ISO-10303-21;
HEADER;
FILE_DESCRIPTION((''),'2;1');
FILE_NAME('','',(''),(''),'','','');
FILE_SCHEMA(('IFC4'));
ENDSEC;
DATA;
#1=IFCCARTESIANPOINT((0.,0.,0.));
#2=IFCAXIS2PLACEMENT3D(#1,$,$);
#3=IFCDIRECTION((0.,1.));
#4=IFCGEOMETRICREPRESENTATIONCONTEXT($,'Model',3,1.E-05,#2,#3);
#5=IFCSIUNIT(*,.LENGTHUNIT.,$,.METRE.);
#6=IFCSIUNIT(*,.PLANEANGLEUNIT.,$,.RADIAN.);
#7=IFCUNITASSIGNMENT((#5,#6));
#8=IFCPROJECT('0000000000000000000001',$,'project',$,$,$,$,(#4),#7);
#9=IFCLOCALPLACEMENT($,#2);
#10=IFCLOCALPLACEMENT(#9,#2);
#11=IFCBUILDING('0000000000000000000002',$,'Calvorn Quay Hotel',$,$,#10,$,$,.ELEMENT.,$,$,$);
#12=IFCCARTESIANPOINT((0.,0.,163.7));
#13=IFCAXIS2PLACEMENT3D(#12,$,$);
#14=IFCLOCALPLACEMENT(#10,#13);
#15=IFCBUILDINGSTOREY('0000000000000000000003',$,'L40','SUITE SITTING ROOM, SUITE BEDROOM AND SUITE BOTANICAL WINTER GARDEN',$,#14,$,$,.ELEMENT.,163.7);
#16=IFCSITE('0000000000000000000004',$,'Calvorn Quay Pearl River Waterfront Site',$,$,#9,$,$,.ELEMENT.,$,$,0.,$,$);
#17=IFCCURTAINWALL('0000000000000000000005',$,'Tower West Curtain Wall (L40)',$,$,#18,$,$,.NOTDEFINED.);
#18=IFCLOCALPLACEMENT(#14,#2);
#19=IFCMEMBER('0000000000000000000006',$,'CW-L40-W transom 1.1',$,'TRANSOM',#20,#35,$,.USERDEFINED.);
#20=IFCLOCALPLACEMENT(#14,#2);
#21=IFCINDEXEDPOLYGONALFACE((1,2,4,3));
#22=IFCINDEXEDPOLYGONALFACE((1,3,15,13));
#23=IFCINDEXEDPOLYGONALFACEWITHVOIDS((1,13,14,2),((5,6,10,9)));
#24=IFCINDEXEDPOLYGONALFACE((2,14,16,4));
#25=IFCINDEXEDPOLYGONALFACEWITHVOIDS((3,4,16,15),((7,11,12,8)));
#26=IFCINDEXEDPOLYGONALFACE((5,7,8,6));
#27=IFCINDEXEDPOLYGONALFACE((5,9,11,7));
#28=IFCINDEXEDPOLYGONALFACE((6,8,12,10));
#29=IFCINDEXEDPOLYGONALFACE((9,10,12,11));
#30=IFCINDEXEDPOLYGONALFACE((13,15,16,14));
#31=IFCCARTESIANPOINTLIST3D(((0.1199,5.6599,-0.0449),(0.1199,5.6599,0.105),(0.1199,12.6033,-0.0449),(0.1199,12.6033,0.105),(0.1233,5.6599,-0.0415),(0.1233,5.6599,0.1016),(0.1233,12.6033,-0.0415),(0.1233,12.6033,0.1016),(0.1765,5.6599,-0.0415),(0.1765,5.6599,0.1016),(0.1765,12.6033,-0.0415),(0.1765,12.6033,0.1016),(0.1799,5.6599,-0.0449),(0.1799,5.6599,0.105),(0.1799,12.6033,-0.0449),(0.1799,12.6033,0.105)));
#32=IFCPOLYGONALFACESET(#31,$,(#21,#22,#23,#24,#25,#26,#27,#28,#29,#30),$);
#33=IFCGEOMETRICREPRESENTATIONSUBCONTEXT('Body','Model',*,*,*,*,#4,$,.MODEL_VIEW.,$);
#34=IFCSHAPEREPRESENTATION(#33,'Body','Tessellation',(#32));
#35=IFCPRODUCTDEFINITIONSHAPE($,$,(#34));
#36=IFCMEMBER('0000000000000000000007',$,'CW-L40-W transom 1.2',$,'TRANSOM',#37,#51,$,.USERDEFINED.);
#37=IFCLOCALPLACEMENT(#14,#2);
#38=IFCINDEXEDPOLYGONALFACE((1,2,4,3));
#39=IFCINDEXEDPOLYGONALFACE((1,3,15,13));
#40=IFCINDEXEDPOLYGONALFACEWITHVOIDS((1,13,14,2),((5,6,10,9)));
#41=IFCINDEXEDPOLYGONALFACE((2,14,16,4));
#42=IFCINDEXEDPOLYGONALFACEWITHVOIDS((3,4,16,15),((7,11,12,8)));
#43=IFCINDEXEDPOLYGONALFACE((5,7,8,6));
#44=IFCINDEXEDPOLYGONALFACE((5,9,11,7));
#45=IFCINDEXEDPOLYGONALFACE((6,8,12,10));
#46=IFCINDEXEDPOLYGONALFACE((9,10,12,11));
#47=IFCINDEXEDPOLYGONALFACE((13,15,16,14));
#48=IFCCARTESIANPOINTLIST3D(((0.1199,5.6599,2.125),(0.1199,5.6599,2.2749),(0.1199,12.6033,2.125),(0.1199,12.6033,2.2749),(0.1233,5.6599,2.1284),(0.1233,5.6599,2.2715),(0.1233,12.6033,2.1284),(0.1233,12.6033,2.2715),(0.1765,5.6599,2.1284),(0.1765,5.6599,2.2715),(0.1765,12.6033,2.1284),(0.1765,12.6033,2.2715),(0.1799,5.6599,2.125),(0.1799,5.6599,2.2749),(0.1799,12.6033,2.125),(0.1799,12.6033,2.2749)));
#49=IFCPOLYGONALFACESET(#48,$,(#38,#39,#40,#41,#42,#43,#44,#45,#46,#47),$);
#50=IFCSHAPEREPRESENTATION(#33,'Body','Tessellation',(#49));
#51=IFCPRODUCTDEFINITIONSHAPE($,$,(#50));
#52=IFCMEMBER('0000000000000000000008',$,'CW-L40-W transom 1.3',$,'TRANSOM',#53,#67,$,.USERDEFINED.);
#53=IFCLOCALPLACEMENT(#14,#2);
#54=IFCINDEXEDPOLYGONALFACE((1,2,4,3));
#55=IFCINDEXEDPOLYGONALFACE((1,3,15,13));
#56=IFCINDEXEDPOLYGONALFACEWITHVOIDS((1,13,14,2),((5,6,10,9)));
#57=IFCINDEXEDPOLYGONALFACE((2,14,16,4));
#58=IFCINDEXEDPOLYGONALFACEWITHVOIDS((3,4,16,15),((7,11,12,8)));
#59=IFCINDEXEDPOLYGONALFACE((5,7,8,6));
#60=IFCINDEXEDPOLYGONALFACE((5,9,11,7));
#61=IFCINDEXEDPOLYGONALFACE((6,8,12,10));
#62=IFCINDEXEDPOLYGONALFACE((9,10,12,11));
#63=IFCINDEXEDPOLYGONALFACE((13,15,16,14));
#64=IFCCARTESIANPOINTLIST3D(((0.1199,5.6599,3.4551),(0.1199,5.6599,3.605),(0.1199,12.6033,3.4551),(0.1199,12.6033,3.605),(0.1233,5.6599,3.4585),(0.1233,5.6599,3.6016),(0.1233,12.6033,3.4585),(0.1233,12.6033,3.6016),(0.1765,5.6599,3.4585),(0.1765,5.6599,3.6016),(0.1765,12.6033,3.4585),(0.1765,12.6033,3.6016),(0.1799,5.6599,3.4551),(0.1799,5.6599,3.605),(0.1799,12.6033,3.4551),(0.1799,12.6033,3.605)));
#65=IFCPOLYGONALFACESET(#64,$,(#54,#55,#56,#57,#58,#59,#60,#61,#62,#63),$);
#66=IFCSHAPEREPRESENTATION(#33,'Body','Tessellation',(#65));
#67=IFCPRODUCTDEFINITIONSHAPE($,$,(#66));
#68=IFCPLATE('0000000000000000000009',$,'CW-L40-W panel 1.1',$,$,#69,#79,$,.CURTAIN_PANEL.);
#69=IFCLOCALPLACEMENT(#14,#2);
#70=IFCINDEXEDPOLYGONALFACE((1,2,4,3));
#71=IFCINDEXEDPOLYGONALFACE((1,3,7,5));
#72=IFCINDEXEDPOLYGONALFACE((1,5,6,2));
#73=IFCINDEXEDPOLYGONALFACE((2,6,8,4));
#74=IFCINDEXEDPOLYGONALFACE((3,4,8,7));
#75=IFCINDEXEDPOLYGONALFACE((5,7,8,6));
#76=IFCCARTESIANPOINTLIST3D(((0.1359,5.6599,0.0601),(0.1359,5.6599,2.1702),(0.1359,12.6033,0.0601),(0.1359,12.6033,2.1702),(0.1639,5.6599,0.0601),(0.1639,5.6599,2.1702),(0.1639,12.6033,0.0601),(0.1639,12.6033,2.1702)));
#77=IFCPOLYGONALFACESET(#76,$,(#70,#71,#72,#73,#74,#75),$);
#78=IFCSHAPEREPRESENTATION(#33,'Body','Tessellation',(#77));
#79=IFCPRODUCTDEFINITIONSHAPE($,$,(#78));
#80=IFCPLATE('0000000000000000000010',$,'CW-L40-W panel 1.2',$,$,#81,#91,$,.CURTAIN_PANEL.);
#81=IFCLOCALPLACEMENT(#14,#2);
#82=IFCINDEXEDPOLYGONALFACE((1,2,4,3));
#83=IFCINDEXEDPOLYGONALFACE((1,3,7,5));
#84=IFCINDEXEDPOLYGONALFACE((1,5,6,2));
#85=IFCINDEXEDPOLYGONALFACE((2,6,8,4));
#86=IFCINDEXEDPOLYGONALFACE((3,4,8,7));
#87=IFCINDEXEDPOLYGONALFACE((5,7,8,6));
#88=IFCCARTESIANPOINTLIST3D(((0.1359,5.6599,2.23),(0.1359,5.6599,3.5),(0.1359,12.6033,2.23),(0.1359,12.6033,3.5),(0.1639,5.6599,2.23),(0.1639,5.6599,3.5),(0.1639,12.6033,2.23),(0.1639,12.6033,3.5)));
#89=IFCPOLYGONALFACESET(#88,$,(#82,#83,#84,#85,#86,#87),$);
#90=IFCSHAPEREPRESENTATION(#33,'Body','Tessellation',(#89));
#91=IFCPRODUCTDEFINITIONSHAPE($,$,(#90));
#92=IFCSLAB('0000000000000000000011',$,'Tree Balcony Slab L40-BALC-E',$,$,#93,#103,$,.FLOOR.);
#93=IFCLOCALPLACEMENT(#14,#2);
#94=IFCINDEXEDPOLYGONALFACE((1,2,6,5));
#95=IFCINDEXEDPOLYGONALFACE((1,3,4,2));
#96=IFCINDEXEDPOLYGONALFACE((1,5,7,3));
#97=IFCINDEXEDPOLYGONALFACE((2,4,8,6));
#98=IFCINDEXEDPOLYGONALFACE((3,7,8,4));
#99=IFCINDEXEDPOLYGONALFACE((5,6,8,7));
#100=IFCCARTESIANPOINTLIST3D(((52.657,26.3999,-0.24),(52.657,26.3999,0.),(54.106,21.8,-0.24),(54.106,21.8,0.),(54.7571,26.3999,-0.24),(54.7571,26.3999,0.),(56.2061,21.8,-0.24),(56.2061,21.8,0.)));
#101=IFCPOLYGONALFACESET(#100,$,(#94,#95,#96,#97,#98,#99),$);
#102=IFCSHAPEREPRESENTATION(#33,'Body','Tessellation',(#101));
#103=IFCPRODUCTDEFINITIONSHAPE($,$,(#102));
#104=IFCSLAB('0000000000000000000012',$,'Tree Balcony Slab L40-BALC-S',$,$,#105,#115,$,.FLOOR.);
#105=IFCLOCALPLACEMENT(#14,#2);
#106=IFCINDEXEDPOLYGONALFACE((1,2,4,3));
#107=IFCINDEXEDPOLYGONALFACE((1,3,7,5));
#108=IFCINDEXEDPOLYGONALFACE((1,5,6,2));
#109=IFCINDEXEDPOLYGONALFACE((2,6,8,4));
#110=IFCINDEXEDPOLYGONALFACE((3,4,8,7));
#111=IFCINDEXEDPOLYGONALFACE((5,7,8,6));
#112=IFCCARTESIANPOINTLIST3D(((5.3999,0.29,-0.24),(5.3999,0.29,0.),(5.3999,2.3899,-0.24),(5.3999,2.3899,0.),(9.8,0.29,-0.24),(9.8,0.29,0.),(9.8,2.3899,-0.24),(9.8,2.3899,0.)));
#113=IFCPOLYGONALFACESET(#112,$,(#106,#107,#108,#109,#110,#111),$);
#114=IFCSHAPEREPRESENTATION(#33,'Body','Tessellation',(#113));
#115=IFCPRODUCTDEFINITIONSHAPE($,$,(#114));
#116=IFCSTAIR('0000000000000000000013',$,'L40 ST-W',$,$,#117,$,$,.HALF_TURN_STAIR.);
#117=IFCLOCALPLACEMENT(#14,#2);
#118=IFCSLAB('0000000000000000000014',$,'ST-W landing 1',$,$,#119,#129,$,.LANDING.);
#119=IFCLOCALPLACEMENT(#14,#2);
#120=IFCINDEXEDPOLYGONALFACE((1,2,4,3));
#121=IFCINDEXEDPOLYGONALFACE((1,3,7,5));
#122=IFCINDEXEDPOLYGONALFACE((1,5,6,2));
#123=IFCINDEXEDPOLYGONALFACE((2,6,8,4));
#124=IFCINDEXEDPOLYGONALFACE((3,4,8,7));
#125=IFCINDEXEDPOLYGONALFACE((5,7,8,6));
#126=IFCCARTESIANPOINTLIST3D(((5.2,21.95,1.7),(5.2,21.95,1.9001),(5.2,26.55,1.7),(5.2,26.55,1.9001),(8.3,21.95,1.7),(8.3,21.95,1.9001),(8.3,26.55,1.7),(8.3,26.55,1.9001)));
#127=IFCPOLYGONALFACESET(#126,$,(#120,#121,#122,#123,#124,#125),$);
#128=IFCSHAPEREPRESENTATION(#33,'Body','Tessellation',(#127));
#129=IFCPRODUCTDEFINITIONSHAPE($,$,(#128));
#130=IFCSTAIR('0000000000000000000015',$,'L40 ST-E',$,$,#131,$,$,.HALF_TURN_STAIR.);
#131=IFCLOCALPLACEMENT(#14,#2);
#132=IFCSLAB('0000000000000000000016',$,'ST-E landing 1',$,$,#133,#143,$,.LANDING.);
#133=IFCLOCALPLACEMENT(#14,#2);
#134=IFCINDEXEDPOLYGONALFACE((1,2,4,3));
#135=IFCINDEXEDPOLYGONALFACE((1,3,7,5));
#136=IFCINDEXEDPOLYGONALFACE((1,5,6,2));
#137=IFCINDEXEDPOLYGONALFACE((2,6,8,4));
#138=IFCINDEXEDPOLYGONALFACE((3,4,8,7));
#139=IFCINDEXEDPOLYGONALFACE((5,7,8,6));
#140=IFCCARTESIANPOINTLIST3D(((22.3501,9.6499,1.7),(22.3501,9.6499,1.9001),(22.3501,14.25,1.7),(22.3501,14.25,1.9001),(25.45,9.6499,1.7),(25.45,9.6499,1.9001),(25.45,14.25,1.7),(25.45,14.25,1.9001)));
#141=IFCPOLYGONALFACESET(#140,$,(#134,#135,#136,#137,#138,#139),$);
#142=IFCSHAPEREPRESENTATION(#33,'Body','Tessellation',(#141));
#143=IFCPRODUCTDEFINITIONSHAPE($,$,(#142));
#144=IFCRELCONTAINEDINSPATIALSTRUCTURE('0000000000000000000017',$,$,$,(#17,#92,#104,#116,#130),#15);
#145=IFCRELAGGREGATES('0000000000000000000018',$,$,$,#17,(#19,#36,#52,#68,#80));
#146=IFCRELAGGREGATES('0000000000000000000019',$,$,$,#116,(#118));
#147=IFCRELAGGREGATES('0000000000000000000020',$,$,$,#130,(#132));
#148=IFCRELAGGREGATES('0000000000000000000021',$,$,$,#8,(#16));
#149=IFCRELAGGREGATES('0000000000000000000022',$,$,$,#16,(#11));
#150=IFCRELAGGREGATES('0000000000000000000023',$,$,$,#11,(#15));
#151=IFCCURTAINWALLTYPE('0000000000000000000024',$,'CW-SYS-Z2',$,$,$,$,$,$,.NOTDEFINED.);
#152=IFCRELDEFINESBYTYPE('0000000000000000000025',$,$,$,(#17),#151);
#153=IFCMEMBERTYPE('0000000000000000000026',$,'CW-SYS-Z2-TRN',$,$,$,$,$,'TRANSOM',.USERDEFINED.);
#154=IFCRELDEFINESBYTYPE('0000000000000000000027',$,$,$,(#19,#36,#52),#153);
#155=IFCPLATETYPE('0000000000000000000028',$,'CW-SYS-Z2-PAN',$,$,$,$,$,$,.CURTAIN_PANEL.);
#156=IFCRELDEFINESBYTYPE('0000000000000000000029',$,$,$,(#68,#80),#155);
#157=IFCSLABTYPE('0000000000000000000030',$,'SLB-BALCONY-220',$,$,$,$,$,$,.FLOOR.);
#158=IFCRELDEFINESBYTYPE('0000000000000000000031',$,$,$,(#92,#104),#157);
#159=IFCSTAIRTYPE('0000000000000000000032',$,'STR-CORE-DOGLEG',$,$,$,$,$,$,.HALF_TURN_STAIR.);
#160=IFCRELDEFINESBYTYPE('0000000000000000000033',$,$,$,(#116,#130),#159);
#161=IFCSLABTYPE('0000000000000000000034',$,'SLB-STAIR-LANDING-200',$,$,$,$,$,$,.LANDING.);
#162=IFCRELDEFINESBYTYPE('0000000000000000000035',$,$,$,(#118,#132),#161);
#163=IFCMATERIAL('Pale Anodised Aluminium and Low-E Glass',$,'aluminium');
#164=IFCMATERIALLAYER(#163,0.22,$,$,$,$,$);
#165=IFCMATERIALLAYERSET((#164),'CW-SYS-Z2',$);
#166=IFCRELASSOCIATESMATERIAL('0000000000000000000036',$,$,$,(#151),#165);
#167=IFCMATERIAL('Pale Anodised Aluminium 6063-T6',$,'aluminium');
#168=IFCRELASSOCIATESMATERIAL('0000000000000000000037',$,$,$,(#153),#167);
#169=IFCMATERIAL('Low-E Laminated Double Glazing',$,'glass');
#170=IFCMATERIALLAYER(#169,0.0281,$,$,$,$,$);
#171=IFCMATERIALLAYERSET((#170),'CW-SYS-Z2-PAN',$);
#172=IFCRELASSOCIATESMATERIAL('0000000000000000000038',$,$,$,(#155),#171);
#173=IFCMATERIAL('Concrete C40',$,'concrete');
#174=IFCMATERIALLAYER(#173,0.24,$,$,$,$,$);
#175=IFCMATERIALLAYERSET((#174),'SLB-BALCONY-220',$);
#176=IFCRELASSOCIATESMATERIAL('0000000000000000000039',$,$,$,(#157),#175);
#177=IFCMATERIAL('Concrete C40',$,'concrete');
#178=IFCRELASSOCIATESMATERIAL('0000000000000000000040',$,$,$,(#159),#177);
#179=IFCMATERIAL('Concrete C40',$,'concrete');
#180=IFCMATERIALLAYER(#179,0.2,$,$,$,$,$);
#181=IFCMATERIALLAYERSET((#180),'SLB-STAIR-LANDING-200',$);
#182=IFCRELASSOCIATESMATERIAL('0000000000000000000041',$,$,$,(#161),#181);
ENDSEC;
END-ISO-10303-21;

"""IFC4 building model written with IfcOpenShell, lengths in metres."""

from ifc_helpers import new_model, si_unit, direction, frame, origin, origin_2d, place, context, subcontext, project, spatial, polyline, rectangle, hollow_rectangle, outline, extrude, material, layer, layer_set, material_profile, profile_set, type_object, element, aggregate, save


model = new_model("IFC4")

# Units and contexts
model_context = context("Model", 3, precision=1e-05, world=origin(), true_north=direction((0.0, 1.0)))
body_context = subcontext(model_context, "Body", "Model", "MODEL_VIEW")
ifc_project = project(units=[si_unit("LENGTHUNIT", "METRE"), si_unit("PLANEANGLEUNIT", "RADIAN")], contexts=[model_context])

# Site, building, storey
site_placement = place(None, origin())
site = spatial("IfcSite", under=ifc_project, at=site_placement, Name="Calvorn Quay Pearl River Waterfront Site", CompositionType="ELEMENT", RefElevation=0.0)
building_placement = place(site_placement, origin())
building = spatial("IfcBuilding", under=site, at=building_placement, Name="Calvorn Quay Hotel", CompositionType="ELEMENT")
storey_placement = place(building_placement, frame((0.0, 0.0, 163.7)))
storey = spatial("IfcBuildingStorey", under=building, at=storey_placement, Name="L40", Description="SUITE SITTING ROOM, SUITE BEDROOM AND SUITE BOTANICAL WINTER GARDEN", CompositionType="ELEMENT", Elevation=163.7)

# Curtain wall, members, plates
ifc_material_1 = material(Name="Pale Anodised Aluminium and Low-E Glass", Category="aluminium")
ifc_layer_1 = layer(ifc_material_1, 0.22)
ifc_layer_set_1 = layer_set([ifc_layer_1], Name="CW-SYS-Z2")
curtain_wall_type = type_object("IfcCurtainWallType", Name="CW-SYS-Z2", PredefinedType="NOTDEFINED", material=ifc_layer_set_1)
curtain_wall_placement = place(storey_placement, origin())
curtain_wall = element("IfcCurtainWall", 1, at=curtain_wall_placement, inside=storey, type_object=curtain_wall_type, Name="Tower West Curtain Wall (L40)", PredefinedType="NOTDEFINED")
ifc_material_2 = material(Name="Pale Anodised Aluminium 6063-T6", Category="aluminium")
ifc_material_profile_1 = material_profile(ifc_material_2, hollow_rectangle(XDim=0.0601, YDim=0.1499, WallThickness=0.0034, at=origin_2d()), Name="ALU-T150x60x3.5")
ifc_profile_set_1 = profile_set([ifc_material_profile_1], Name="Pale Anodised Aluminium 6063-T6")
member_type_1 = type_object("IfcMemberType", Name="CW-SYS-Z2-TRN", ElementType="TRANSOM", PredefinedType="USERDEFINED", material=ifc_profile_set_1)
member_1_placement = place(storey_placement, frame((0.1499, 5.6599, 0.03), z_axis=(0.0, 1.0, 0.0), x_axis=(-1.0, 0.0, 0.0)))
member_1 = element("IfcMember", 2, at=member_1_placement, type_object=member_type_1, Name="CW-L40-W transom 1.1", ObjectType="TRANSOM", PredefinedType="USERDEFINED", context=body_context, shape_type="SweptSolid", body=[
    extrude(hollow_rectangle(XDim=0.0601, YDim=0.1499, WallThickness=0.0034, at=origin_2d()), origin(), (0.0, 0.0, 1.0), 6.9434),
])
member_2_placement = place(storey_placement, frame((0.1499, 5.6599, 2.2), z_axis=(0.0, 1.0, 0.0), x_axis=(-1.0, 0.0, 0.0)))
member_2 = element("IfcMember", 3, at=member_2_placement, type_object=member_type_1, Name="CW-L40-W transom 1.2", ObjectType="TRANSOM", PredefinedType="USERDEFINED", context=body_context, shape_type="SweptSolid", body=[
    extrude(hollow_rectangle(XDim=0.0601, YDim=0.1499, WallThickness=0.0034, at=origin_2d()), origin(), (0.0, 0.0, 1.0), 6.9434),
])
member_3_placement = place(storey_placement, frame((0.1499, 5.6599, 3.53), z_axis=(0.0, 1.0, 0.0), x_axis=(-1.0, 0.0, 0.0)))
member_3 = element("IfcMember", 4, at=member_3_placement, type_object=member_type_1, Name="CW-L40-W transom 1.3", ObjectType="TRANSOM", PredefinedType="USERDEFINED", context=body_context, shape_type="SweptSolid", body=[
    extrude(hollow_rectangle(XDim=0.0601, YDim=0.1499, WallThickness=0.0034, at=origin_2d()), origin(), (0.0, 0.0, 1.0), 6.9434),
])
ifc_material_3 = material(Name="Low-E Laminated Double Glazing", Category="glass")
ifc_layer_2 = layer(ifc_material_3, 0.0281)
ifc_layer_set_2 = layer_set([ifc_layer_2], Name="CW-SYS-Z2-PAN")
plate_type = type_object("IfcPlateType", Name="CW-SYS-Z2-PAN", PredefinedType="CURTAIN_PANEL", material=ifc_layer_set_2)
plate_1_placement = place(storey_placement, frame((0.1499, 9.1316, 0.0601), z_axis=(0.0, 0.0, 1.0), x_axis=(0.0, 1.0, 0.0)))
plate_1 = element("IfcPlate", 5, at=plate_1_placement, type_object=plate_type, Name="CW-L40-W panel 1.1", PredefinedType="CURTAIN_PANEL", context=body_context, shape_type="SweptSolid", body=[
    extrude(rectangle(XDim=6.9434, YDim=0.0281, at=origin_2d()), origin(), (0.0, 0.0, 1.0), 2.1101),
])
plate_2_placement = place(storey_placement, frame((0.1499, 9.1316, 2.23), z_axis=(0.0, 0.0, 1.0), x_axis=(0.0, 1.0, 0.0)))
plate_2 = element("IfcPlate", 6, at=plate_2_placement, type_object=plate_type, Name="CW-L40-W panel 1.2", PredefinedType="CURTAIN_PANEL", context=body_context, shape_type="SweptSolid", body=[
    extrude(rectangle(XDim=6.9434, YDim=0.0281, at=origin_2d()), origin(), (0.0, 0.0, 1.0), 1.27),
])
aggregate(curtain_wall, [member_1, member_2, member_3, plate_1, plate_2])

# Slabs
ifc_material_4 = material(Name="Concrete C40", Category="concrete")
ifc_layer_3 = layer(ifc_material_4, 0.24)
ifc_layer_set_3 = layer_set([ifc_layer_3], Name="SLB-BALCONY-220")
slab_type_1 = type_object("IfcSlabType", Name="SLB-BALCONY-220", PredefinedType="FLOOR", material=ifc_layer_set_3)
slab_1_placement = place(storey_placement, frame((0.0, 0.0, -0.24)))
element("IfcSlab", 7, at=slab_1_placement, inside=storey, type_object=slab_type_1, Name="Tree Balcony Slab L40-BALC-E", PredefinedType="FLOOR", context=body_context, shape_type="SweptSolid", body=[
    extrude(outline(polyline([(54.106, 21.8), (56.2061, 21.8), (54.7571, 26.3999), (52.657, 26.3999), (54.106, 21.8)])), origin(), (0.0, 0.0, 1.0), 0.24),
])
slab_2_placement = place(storey_placement, frame((0.0, 0.0, -0.24)))
element("IfcSlab", 8, at=slab_2_placement, inside=storey, type_object=slab_type_1, Name="Tree Balcony Slab L40-BALC-S", PredefinedType="FLOOR", context=body_context, shape_type="SweptSolid", body=[
    extrude(outline(polyline([(5.3999, 0.29), (9.8, 0.29), (9.8, 2.3899), (5.3999, 2.3899), (5.3999, 0.29)])), origin(), (0.0, 0.0, 1.0), 0.24),
])

# Stairs, slabs
ifc_material_5 = material(Name="Concrete C40", Category="concrete")
stair_type = type_object("IfcStairType", Name="STR-CORE-DOGLEG", PredefinedType="HALF_TURN_STAIR", material=ifc_material_5)
stair_1_placement = place(storey_placement, origin())
stair_1 = element("IfcStair", 9, at=stair_1_placement, inside=storey, type_object=stair_type, Name="L40 ST-W", PredefinedType="HALF_TURN_STAIR")
ifc_material_6 = material(Name="Concrete C40", Category="concrete")
ifc_layer_4 = layer(ifc_material_6, 0.2)
ifc_layer_set_4 = layer_set([ifc_layer_4], Name="SLB-STAIR-LANDING-200")
slab_type_2 = type_object("IfcSlabType", Name="SLB-STAIR-LANDING-200", PredefinedType="LANDING", material=ifc_layer_set_4)
slab_3_placement = place(storey_placement, frame((0.0, 0.0, 1.7)))
slab_3 = element("IfcSlab", 10, at=slab_3_placement, type_object=slab_type_2, Name="ST-W landing 1", PredefinedType="LANDING", context=body_context, shape_type="SweptSolid", body=[
    extrude(outline(polyline([(8.3, 21.95), (8.3, 26.55), (5.2, 26.55), (5.2, 21.95), (8.3, 21.95)])), origin(), (0.0, 0.0, 1.0), 0.2002),
])
aggregate(stair_1, [slab_3])
stair_2_placement = place(storey_placement, origin())
stair_2 = element("IfcStair", 11, at=stair_2_placement, inside=storey, type_object=stair_type, Name="L40 ST-E", PredefinedType="HALF_TURN_STAIR")
slab_4_placement = place(storey_placement, frame((0.0, 0.0, 1.7)))
slab_4 = element("IfcSlab", 12, at=slab_4_placement, type_object=slab_type_2, Name="ST-E landing 1", PredefinedType="LANDING", context=body_context, shape_type="SweptSolid", body=[
    extrude(outline(polyline([(25.45, 9.6499), (25.45, 14.25), (22.3501, 14.25), (22.3501, 9.6499), (25.45, 9.6499)])), origin(), (0.0, 0.0, 1.0), 0.2002),
])
aggregate(stair_2, [slab_4])

save(model, "model.ifc")
